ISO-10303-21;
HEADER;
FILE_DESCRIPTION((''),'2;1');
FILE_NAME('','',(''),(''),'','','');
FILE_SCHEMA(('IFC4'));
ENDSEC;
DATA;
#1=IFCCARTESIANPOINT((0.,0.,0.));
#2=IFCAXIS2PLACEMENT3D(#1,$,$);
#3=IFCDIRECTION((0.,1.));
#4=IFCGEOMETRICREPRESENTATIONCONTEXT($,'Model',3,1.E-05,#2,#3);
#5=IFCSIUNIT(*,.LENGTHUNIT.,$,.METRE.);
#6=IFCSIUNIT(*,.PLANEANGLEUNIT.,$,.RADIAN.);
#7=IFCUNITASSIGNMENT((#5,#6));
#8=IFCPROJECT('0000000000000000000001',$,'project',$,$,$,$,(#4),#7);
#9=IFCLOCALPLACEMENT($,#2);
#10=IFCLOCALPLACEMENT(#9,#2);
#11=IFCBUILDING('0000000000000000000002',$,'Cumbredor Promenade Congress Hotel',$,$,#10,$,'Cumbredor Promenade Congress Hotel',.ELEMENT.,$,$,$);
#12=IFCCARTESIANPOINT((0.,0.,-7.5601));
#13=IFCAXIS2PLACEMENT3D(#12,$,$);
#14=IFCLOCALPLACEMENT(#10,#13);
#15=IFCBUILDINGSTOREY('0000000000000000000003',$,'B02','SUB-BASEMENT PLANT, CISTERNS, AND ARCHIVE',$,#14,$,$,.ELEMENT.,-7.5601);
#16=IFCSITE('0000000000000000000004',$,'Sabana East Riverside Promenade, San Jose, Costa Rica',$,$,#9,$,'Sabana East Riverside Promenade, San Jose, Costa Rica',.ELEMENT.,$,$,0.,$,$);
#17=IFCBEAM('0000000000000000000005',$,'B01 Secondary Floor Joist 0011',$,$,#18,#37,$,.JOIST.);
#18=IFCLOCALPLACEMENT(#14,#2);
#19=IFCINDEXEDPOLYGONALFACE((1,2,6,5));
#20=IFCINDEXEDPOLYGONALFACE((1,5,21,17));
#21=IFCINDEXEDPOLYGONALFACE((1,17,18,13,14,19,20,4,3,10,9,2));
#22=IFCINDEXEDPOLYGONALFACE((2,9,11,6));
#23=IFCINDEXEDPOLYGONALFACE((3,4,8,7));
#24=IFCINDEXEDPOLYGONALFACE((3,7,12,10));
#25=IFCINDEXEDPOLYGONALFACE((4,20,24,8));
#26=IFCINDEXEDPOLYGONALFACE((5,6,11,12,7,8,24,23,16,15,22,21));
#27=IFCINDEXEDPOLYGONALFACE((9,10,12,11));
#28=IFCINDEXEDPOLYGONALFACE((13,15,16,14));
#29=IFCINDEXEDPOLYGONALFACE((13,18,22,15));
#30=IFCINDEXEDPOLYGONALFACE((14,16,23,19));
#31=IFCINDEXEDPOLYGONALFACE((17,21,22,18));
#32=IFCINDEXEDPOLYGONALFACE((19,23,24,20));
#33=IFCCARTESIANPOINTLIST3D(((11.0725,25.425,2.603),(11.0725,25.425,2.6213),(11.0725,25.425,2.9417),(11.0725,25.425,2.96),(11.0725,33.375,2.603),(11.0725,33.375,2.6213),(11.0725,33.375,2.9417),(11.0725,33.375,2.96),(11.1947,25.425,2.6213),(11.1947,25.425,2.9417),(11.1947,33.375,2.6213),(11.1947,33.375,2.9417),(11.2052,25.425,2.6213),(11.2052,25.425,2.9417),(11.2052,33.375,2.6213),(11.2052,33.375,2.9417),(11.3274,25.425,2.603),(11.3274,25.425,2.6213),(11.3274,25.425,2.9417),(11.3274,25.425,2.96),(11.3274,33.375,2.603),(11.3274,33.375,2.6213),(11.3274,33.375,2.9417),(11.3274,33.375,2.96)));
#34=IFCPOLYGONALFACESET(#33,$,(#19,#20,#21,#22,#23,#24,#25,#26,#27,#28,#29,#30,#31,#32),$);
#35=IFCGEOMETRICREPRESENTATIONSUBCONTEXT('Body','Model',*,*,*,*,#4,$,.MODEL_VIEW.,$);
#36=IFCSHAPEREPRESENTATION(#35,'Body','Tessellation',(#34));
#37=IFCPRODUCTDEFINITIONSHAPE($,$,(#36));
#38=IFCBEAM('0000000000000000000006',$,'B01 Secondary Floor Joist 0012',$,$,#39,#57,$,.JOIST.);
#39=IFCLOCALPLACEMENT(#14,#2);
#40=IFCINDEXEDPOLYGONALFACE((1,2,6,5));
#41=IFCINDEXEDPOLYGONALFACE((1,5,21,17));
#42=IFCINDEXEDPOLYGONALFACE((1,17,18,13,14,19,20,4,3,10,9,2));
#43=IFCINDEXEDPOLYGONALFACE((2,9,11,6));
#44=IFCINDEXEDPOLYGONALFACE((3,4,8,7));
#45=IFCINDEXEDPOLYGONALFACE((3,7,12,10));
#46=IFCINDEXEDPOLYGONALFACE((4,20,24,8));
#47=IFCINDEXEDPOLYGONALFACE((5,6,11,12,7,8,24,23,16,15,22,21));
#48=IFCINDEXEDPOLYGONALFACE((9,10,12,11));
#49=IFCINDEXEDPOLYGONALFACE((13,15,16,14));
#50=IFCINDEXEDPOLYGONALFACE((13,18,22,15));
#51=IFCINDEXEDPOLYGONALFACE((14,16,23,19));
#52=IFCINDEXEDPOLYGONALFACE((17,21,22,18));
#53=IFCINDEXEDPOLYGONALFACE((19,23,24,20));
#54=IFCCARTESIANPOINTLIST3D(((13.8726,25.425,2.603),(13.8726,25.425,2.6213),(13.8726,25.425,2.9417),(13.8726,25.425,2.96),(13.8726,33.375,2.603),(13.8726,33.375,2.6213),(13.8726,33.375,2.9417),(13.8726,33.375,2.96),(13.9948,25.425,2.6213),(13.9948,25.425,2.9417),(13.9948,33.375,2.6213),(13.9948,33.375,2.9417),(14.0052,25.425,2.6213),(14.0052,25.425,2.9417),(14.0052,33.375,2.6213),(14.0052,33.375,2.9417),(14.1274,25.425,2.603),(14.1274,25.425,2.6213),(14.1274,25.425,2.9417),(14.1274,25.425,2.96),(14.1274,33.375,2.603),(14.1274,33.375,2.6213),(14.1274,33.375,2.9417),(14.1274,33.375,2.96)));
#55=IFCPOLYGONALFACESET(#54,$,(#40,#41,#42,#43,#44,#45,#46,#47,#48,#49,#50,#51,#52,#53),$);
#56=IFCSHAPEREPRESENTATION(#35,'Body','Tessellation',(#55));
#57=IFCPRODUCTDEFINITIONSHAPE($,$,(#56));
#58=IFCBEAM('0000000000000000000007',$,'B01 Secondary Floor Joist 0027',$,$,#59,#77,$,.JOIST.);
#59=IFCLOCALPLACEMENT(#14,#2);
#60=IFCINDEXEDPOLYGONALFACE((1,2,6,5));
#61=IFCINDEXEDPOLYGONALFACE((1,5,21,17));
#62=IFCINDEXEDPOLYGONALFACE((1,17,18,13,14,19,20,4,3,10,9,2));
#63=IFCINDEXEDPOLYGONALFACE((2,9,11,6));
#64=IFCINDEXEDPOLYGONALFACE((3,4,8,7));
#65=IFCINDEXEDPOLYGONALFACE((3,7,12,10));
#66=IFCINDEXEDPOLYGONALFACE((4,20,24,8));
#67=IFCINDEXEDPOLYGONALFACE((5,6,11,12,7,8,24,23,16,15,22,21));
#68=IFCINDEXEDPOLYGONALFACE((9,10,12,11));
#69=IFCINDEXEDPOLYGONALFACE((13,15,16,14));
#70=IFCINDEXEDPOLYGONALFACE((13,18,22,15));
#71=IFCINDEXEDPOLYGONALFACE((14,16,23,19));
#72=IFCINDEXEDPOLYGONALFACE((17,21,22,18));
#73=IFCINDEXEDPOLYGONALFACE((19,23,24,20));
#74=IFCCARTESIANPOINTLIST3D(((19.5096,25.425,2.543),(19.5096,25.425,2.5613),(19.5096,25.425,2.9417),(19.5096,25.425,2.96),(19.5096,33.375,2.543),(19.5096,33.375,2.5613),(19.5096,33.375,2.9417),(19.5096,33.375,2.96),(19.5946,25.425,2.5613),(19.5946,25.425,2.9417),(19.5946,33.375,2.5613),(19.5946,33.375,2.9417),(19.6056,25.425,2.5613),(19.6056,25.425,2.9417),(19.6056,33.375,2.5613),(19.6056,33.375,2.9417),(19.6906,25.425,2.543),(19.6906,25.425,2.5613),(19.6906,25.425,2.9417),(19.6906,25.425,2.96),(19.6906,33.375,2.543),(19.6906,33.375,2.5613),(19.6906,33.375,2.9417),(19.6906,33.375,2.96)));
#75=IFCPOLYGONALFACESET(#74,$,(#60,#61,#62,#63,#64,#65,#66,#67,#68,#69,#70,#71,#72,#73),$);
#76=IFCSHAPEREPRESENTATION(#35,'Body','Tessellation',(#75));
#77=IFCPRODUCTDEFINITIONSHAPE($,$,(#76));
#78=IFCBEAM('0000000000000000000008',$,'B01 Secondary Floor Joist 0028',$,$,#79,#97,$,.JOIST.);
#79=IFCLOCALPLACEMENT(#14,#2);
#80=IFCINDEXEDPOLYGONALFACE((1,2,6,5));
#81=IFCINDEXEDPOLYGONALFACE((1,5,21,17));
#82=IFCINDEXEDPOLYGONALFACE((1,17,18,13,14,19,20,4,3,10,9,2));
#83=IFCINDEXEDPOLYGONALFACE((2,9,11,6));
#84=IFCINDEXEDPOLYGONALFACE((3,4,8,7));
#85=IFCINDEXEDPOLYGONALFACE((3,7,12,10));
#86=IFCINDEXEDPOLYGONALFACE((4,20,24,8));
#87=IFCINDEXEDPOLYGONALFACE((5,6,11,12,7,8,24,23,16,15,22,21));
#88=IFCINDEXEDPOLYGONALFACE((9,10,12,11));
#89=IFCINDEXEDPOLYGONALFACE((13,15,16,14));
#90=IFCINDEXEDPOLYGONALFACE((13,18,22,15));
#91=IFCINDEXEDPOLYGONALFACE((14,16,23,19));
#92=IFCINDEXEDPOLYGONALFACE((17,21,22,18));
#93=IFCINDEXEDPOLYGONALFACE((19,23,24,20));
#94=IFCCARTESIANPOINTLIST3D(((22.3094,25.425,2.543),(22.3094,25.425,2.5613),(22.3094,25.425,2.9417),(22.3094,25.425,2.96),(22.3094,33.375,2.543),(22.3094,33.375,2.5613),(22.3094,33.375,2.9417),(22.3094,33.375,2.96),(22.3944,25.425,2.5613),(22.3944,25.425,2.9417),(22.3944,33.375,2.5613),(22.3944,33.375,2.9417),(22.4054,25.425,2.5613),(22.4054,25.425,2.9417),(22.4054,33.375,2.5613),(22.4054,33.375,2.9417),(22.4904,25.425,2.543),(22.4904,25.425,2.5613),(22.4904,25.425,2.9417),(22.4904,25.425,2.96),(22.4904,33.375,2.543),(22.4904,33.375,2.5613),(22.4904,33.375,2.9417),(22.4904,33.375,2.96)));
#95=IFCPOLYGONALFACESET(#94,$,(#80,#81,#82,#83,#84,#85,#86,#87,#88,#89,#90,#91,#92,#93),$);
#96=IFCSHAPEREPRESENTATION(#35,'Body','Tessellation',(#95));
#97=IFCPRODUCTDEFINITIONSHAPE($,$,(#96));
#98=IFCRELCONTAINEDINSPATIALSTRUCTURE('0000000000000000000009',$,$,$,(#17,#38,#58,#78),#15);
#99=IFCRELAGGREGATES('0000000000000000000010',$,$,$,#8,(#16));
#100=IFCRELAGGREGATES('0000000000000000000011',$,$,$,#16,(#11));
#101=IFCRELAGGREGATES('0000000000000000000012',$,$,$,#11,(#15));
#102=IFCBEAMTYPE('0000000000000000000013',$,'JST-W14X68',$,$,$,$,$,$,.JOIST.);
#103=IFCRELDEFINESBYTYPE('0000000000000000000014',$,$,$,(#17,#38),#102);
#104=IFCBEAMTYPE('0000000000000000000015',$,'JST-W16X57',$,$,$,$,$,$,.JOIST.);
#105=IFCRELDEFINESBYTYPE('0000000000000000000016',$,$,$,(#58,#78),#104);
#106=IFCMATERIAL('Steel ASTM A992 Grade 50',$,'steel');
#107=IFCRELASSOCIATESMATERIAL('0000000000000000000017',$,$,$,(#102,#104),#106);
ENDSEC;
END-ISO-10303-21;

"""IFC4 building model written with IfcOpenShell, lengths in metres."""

from ifc_helpers import new_model, si_unit, direction, frame, origin, origin_2d, place, context, subcontext, project, spatial, i_section, extrude, material, material_profile, profile_set, type_object, element, save


model = new_model("IFC4")

# Units and contexts
model_context = context("Model", 3, precision=1e-05, world=origin(), true_north=direction((0.0, 1.0)))
body_context = subcontext(model_context, "Body", "Model", "MODEL_VIEW")
ifc_project = project(units=[si_unit("LENGTHUNIT", "METRE"), si_unit("PLANEANGLEUNIT", "RADIAN")], contexts=[model_context])

# Site, building, storey
site_placement = place(None, origin())
site = spatial("IfcSite", under=ifc_project, at=site_placement, Name="Sabana East Riverside Promenade, San Jose, Costa Rica", LongName="Sabana East Riverside Promenade, San Jose, Costa Rica", CompositionType="ELEMENT", RefElevation=0.0)
building_placement = place(site_placement, origin())
building = spatial("IfcBuilding", under=site, at=building_placement, Name="Cumbredor Promenade Congress Hotel", LongName="Cumbredor Promenade Congress Hotel", CompositionType="ELEMENT")
storey_placement = place(building_placement, frame((0.0, 0.0, -7.5601)))
storey = spatial("IfcBuildingStorey", under=building, at=storey_placement, Name="B02", Description="SUB-BASEMENT PLANT, CISTERNS, AND ARCHIVE", CompositionType="ELEMENT", Elevation=-7.5601)

# Beams
ifc_material_1 = material(Name="Steel ASTM A992 Grade 50", Category="steel")
ifc_material_profile_1 = material_profile(ifc_material_1, i_section(OverallWidth=0.2549, OverallDepth=0.3569, WebThickness=0.0105, FlangeThickness=0.0183, at=origin_2d()), Name="W14X68")
ifc_profile_set_1 = profile_set([ifc_material_profile_1], Name="Steel ASTM A992 Grade 50")
beam_type_1 = type_object("IfcBeamType", Name="JST-W14X68", PredefinedType="JOIST", material=ifc_profile_set_1)
for number, where, z_axis, x_axis, name in (
    (1, (11.2, 25.425, 2.7815), (0.0, 1.0, 0.0), (-1.0, 0.0, 0.0), "B01 Secondary Floor Joist 0011"),
    (2, (14.0, 25.425, 2.7815), (0.0, 1.0, 0.0), (-1.0, 0.0, 0.0), "B01 Secondary Floor Joist 0012"),
):
    element("IfcBeam", number, at=place(storey_placement, frame(where, z_axis=z_axis, x_axis=x_axis)), inside=storey, type_object=beam_type_1, Name=name, PredefinedType="JOIST", context=body_context, shape_type="SweptSolid", body=[
        extrude(i_section(OverallWidth=0.2549, OverallDepth=0.3569, WebThickness=0.0105, FlangeThickness=0.0183, at=origin_2d()), origin(), (0.0, 0.0, 1.0), 7.95),
    ])
ifc_material_profile_2 = material_profile(ifc_material_1, i_section(OverallWidth=0.1809, OverallDepth=0.417, WebThickness=0.011, FlangeThickness=0.0183, at=origin_2d()), Name="W16X57")
ifc_profile_set_2 = profile_set([ifc_material_profile_2], Name="Steel ASTM A992 Grade 50")
beam_type_2 = type_object("IfcBeamType", Name="JST-W16X57", PredefinedType="JOIST", material=ifc_profile_set_2)
for number, where, z_axis, x_axis, name in (
    (3, (19.6001, 25.425, 2.7515), (0.0, 1.0, 0.0), (-1.0, 0.0, 0.0), "B01 Secondary Floor Joist 0027"),
    (4, (22.3999, 25.425, 2.7515), (0.0, 1.0, 0.0), (-1.0, 0.0, 0.0), "B01 Secondary Floor Joist 0028"),
):
    element("IfcBeam", number, at=place(storey_placement, frame(where, z_axis=z_axis, x_axis=x_axis)), inside=storey, type_object=beam_type_2, Name=name, PredefinedType="JOIST", context=body_context, shape_type="SweptSolid", body=[
        extrude(i_section(OverallWidth=0.1809, OverallDepth=0.417, WebThickness=0.011, FlangeThickness=0.0183, at=origin_2d()), origin(), (0.0, 0.0, 1.0), 7.95),
    ])

save(model, "model.ifc")
